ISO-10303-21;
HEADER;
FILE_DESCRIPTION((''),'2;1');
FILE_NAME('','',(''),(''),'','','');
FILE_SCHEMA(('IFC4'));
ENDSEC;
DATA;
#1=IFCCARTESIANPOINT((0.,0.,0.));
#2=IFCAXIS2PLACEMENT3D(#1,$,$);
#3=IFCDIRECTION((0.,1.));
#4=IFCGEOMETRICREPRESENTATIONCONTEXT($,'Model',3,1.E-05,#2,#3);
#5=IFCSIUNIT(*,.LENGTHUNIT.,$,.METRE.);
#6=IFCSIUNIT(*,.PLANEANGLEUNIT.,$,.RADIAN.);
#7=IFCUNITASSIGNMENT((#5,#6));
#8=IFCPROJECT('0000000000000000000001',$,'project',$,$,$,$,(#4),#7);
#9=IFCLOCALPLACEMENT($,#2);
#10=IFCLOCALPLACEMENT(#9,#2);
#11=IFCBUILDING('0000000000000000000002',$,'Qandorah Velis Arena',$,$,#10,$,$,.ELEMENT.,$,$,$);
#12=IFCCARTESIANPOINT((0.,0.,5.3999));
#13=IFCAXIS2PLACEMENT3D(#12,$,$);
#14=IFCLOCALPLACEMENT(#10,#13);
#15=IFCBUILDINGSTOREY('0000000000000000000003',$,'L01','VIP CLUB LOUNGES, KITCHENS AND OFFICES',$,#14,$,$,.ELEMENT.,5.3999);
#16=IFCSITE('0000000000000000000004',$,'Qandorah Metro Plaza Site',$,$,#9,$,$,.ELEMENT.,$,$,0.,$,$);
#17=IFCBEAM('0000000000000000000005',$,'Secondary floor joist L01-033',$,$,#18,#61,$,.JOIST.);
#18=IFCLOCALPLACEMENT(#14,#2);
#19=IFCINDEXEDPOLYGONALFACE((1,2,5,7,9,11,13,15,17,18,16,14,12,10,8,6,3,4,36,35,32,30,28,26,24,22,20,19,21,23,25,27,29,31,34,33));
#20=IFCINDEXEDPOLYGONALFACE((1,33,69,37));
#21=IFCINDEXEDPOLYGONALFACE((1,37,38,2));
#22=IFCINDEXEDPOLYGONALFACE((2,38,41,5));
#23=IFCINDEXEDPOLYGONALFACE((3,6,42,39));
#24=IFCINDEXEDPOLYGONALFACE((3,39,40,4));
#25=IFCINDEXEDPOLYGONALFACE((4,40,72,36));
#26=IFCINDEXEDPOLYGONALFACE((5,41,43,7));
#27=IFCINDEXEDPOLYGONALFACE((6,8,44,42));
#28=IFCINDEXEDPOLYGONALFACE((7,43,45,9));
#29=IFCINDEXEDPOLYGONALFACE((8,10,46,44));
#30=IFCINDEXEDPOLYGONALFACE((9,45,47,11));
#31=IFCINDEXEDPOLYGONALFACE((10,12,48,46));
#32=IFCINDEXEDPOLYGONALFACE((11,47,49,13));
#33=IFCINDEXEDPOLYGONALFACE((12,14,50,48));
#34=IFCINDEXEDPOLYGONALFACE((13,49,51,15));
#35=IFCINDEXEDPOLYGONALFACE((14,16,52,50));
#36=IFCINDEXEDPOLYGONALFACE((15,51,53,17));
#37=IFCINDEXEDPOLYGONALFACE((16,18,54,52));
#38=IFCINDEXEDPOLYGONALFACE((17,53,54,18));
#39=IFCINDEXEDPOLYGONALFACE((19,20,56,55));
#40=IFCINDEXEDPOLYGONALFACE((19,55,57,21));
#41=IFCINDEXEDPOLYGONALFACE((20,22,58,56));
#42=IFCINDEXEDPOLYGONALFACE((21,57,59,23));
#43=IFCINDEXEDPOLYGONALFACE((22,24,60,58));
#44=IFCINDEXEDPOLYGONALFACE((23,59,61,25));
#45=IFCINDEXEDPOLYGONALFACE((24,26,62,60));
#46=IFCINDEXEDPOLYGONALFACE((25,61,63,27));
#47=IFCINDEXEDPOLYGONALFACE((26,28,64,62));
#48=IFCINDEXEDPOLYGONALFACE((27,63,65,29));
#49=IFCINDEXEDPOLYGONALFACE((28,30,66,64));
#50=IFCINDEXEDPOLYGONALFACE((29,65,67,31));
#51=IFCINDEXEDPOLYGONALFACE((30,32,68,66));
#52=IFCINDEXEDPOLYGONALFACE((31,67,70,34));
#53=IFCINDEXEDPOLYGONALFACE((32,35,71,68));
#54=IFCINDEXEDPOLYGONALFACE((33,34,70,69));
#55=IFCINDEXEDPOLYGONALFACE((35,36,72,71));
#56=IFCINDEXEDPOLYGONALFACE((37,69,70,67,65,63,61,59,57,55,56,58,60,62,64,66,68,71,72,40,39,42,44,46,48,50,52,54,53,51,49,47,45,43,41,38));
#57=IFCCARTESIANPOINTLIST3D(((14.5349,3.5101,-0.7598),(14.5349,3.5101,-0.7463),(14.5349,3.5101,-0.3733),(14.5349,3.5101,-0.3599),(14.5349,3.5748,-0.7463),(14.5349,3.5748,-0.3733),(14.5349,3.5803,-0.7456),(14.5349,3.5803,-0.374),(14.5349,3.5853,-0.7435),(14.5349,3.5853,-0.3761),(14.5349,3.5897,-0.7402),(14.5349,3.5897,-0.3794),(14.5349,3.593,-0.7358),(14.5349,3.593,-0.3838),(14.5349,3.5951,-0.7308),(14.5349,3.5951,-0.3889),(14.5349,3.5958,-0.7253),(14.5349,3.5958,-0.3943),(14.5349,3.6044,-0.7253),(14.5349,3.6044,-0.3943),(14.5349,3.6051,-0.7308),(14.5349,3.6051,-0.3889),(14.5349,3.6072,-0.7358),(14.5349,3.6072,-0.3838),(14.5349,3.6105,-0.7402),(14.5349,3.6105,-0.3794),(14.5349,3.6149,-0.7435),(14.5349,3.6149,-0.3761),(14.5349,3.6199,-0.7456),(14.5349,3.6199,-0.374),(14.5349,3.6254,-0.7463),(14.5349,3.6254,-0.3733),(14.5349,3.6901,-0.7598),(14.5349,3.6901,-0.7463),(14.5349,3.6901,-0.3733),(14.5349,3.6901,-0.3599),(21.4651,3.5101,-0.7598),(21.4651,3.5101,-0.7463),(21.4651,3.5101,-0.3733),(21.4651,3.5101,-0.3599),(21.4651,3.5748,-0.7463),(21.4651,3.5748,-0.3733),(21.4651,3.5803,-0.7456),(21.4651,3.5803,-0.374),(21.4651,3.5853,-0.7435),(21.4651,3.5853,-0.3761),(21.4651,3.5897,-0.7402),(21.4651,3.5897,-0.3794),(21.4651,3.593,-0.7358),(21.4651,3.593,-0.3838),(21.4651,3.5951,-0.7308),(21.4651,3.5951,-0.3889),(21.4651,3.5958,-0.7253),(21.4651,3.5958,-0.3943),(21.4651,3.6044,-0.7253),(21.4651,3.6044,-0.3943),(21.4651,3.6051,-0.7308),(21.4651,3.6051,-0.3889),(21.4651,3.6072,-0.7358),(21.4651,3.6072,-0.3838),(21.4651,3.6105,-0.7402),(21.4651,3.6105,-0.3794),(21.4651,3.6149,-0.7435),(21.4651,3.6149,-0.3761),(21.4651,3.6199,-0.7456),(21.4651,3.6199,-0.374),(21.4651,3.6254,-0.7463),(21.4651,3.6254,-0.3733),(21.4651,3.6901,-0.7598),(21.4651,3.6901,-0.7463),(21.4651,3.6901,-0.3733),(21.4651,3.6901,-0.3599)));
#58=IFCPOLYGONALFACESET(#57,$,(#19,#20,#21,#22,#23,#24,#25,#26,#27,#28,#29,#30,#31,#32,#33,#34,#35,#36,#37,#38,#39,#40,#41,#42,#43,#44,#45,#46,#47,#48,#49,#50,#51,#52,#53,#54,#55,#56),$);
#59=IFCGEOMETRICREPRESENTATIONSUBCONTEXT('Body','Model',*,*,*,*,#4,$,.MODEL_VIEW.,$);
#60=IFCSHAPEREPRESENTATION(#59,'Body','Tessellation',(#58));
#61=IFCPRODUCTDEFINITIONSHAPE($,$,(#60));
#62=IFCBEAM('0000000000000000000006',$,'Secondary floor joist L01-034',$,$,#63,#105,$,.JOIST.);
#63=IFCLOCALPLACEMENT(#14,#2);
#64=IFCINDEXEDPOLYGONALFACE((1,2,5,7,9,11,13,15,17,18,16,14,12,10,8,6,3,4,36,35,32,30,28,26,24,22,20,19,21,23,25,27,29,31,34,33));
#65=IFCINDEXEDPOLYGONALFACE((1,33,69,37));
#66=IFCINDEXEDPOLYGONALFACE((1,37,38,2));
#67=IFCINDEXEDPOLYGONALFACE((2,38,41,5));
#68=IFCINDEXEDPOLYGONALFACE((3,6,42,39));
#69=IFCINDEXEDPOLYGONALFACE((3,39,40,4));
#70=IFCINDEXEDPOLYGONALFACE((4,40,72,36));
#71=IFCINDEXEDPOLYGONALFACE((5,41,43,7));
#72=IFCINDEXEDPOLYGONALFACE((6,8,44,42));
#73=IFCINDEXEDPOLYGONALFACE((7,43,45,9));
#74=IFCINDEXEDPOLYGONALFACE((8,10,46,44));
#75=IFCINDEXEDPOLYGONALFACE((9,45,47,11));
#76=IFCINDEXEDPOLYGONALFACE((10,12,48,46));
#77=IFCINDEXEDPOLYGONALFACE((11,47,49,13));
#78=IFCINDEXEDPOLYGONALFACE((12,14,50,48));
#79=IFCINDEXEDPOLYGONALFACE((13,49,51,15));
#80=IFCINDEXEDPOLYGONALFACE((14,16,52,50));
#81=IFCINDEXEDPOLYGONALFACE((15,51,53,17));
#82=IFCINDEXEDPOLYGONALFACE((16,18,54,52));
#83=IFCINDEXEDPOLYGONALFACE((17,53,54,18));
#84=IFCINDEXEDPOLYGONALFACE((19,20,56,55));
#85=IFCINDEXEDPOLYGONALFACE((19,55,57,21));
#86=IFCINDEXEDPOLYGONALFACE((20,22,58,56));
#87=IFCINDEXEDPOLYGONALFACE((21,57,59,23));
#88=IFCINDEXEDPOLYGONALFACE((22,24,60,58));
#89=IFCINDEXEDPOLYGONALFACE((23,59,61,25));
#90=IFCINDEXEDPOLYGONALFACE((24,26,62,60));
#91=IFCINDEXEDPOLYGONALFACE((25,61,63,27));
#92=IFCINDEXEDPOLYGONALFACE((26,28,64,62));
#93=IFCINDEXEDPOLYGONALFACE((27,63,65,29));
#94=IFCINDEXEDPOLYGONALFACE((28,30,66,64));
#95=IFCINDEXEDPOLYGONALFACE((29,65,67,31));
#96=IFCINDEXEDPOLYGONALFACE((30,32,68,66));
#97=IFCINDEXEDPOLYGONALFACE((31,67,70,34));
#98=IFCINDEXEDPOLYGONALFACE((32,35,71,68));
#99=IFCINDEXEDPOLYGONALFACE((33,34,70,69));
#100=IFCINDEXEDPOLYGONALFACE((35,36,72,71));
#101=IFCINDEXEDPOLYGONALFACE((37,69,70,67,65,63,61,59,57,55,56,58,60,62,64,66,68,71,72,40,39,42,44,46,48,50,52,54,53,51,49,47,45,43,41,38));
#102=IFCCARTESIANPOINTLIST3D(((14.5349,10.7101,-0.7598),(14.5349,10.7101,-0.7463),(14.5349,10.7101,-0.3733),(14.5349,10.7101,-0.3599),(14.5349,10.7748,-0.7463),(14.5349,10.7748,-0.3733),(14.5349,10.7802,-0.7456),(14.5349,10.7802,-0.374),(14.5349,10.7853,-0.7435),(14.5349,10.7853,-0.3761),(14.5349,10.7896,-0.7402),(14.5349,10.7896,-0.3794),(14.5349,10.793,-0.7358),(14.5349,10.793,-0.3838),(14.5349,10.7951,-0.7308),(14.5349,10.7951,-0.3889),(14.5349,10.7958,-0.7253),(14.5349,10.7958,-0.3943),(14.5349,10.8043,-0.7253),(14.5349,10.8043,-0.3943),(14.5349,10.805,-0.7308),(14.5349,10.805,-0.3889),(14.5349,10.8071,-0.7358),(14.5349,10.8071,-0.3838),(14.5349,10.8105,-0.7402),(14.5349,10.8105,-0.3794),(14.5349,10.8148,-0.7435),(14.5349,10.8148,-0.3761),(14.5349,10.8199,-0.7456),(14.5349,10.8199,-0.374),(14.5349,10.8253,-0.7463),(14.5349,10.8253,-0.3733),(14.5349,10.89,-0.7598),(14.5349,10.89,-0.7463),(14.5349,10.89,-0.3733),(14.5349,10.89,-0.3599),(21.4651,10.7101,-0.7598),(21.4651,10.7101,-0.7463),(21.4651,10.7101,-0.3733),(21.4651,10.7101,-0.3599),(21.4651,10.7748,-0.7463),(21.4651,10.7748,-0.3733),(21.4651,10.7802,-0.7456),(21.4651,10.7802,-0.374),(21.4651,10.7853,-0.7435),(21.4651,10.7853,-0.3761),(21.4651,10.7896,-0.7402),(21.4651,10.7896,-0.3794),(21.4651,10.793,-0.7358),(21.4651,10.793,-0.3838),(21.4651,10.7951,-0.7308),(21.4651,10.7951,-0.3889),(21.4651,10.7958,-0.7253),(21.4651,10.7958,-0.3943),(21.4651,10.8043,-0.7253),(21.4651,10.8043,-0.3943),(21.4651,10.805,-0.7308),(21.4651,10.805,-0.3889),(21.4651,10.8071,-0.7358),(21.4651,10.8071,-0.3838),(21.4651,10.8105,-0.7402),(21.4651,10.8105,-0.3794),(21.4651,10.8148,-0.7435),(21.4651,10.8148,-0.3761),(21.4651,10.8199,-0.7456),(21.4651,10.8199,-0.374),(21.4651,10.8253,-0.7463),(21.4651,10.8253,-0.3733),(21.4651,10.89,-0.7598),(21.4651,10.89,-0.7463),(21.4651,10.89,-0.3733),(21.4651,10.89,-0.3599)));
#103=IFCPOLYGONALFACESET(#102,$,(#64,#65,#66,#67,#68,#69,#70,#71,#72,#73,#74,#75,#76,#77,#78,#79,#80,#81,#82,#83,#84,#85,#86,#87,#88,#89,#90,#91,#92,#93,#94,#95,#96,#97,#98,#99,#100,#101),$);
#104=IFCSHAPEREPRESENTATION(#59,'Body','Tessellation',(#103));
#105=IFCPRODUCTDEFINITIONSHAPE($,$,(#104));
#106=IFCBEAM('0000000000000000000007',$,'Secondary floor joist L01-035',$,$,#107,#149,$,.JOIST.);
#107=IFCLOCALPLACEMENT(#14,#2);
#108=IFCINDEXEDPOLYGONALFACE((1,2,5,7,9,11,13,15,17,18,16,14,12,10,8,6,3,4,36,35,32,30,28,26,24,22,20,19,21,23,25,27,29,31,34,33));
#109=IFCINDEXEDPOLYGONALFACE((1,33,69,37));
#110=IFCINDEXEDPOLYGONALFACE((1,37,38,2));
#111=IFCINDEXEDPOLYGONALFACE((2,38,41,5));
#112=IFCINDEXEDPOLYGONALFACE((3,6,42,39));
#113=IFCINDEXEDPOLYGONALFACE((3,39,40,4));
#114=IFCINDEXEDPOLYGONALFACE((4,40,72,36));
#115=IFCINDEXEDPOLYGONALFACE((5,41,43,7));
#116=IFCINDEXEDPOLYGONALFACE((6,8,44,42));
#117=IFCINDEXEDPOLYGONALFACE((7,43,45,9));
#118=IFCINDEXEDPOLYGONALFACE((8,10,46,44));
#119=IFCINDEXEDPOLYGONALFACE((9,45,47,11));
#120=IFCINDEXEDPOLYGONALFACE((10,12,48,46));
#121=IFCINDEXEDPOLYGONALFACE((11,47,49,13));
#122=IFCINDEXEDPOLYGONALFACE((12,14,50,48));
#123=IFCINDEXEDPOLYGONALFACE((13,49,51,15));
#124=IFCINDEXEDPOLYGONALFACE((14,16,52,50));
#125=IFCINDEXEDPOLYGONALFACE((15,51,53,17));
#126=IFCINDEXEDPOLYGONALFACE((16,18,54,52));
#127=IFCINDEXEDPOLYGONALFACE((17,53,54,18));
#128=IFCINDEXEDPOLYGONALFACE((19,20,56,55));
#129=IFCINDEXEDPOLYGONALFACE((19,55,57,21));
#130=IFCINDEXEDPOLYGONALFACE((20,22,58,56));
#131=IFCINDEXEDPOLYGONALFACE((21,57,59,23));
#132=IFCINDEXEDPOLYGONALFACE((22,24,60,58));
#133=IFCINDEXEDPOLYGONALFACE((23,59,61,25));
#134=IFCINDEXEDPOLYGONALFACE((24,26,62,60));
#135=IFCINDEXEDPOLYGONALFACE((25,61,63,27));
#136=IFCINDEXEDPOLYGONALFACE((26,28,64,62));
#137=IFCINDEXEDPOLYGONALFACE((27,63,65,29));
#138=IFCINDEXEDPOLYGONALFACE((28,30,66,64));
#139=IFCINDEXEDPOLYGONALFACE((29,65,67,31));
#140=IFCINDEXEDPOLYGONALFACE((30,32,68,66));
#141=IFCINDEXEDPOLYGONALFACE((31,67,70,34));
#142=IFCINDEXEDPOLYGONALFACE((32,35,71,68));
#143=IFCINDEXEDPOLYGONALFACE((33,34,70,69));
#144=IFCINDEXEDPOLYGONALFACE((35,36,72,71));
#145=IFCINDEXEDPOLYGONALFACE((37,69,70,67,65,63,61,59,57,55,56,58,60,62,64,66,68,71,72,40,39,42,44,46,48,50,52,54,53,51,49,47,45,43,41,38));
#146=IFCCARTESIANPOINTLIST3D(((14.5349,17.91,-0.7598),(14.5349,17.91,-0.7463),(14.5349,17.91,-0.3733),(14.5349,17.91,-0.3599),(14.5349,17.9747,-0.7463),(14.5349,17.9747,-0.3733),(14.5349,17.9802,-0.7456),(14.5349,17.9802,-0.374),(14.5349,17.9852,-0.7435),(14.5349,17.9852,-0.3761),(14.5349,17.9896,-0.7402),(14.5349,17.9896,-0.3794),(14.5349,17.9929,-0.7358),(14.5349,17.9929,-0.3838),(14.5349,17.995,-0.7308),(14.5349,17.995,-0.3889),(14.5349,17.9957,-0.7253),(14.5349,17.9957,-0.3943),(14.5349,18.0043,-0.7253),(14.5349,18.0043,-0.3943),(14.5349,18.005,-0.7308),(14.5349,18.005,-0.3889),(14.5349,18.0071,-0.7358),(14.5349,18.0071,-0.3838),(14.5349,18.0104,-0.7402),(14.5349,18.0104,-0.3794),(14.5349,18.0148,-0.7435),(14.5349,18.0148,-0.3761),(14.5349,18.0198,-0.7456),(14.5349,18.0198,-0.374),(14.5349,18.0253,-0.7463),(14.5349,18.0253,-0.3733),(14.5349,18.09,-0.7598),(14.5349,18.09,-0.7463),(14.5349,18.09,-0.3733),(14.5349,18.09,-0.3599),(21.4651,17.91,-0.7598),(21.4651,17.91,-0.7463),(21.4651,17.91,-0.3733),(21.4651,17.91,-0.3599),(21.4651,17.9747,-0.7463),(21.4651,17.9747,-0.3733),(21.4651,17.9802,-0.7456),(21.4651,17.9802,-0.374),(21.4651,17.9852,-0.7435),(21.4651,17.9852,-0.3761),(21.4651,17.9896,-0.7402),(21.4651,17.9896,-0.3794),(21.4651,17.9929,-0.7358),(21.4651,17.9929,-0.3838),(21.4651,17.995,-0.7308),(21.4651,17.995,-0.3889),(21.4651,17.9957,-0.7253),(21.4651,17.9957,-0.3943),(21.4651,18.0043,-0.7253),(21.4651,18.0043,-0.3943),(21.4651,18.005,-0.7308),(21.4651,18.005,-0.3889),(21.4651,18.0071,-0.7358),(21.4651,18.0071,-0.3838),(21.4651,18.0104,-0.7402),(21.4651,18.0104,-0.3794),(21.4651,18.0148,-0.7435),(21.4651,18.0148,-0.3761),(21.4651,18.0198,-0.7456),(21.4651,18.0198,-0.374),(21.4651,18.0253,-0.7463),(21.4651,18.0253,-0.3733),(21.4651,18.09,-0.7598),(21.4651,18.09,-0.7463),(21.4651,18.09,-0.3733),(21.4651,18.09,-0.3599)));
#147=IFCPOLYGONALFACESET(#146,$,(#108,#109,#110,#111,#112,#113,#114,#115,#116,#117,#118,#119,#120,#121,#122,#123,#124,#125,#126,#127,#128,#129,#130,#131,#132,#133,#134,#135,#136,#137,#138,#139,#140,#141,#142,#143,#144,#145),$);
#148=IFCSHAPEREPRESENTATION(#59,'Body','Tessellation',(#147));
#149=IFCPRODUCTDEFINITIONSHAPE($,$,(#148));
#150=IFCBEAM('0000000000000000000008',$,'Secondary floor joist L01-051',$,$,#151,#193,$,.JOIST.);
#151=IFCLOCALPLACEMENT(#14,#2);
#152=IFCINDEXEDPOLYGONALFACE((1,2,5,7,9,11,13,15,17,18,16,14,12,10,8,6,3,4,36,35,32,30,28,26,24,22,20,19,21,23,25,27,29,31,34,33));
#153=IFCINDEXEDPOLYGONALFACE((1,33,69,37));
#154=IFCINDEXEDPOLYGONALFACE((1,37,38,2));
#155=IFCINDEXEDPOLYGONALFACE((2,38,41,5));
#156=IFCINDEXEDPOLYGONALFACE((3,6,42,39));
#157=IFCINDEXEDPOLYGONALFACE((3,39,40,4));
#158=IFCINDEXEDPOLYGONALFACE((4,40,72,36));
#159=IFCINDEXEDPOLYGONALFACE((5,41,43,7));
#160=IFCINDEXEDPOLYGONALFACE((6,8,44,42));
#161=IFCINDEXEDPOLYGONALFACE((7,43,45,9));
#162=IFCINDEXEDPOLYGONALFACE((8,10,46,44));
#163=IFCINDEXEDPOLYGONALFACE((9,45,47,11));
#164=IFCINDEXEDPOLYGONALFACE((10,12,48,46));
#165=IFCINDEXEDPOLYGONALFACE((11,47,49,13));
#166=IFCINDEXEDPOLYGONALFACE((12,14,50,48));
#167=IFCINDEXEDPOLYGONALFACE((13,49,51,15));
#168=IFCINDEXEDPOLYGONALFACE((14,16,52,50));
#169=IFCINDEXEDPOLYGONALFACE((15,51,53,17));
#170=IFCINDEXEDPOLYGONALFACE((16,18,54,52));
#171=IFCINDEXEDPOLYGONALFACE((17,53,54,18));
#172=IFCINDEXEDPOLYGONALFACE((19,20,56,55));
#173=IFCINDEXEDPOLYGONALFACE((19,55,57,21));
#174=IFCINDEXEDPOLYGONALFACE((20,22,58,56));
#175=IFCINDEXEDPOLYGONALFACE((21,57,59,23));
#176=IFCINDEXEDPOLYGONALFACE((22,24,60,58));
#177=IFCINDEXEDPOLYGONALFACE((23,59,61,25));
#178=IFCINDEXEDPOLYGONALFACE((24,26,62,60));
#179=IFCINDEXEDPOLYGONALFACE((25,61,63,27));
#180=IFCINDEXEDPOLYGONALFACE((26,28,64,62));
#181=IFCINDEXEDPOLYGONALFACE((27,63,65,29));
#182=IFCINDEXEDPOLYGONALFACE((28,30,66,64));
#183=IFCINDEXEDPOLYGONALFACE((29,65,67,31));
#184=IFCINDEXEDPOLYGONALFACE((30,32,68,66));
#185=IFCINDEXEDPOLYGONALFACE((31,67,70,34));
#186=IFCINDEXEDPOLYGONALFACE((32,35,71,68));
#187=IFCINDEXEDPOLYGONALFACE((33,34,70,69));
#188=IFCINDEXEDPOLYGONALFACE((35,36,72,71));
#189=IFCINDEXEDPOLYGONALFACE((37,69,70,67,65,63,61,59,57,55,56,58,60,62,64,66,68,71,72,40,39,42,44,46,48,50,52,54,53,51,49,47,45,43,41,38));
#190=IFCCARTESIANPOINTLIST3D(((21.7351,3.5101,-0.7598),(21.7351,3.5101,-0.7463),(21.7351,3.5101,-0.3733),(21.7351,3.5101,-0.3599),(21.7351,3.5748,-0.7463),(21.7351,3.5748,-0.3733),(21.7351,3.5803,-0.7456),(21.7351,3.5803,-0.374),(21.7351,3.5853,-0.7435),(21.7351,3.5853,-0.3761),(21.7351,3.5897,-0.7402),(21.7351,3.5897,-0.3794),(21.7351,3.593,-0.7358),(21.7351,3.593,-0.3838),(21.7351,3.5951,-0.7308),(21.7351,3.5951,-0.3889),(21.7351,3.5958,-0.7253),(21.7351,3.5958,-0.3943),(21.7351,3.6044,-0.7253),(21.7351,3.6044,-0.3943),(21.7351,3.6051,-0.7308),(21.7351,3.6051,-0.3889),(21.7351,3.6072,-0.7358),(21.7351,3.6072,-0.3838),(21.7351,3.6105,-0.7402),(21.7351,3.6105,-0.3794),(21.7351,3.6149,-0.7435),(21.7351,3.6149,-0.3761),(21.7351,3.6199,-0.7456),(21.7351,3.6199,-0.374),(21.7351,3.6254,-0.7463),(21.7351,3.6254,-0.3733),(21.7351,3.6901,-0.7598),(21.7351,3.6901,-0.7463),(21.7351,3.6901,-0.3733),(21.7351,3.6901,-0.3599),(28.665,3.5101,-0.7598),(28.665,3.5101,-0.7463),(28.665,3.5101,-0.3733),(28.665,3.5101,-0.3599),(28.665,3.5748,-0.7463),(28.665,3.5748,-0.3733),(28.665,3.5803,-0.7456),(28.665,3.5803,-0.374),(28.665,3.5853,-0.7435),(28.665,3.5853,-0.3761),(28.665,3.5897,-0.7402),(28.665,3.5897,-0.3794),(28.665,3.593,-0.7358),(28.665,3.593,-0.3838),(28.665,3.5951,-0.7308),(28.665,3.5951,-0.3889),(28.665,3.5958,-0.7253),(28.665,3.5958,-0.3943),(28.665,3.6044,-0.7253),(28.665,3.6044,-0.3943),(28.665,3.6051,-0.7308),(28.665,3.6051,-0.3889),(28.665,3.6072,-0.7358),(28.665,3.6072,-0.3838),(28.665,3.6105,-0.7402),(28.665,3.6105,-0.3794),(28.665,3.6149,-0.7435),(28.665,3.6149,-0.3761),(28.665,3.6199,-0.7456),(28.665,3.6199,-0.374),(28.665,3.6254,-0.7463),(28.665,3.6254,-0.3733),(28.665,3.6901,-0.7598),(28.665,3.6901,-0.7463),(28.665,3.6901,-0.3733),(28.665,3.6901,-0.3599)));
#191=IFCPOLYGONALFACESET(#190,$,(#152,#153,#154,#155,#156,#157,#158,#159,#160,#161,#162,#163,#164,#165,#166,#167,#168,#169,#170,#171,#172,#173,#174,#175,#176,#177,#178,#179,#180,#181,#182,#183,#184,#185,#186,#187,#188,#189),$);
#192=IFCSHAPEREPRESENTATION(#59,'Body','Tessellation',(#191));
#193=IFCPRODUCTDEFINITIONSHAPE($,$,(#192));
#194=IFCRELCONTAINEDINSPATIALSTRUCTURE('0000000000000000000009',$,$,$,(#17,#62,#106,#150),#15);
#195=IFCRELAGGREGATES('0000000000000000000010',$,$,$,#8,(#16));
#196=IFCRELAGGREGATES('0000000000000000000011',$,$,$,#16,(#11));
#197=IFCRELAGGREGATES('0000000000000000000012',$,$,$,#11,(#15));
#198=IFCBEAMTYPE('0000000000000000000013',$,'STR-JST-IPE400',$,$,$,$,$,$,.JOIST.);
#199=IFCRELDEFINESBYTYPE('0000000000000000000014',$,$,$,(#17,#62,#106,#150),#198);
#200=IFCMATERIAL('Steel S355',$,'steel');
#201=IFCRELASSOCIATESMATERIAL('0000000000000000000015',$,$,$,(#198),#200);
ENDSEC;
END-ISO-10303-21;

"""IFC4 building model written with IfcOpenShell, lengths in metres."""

from ifc_helpers import new_model, si_unit, direction, frame, origin, origin_2d, place, context, subcontext, project, spatial, i_section, extrude, material, material_profile, profile_set, type_object, element, save


model = new_model("IFC4")

# Units and contexts
model_context = context("Model", 3, precision=1e-05, world=origin(), true_north=direction((0.0, 1.0)))
body_context = subcontext(model_context, "Body", "Model", "MODEL_VIEW")
ifc_project = project(units=[si_unit("LENGTHUNIT", "METRE"), si_unit("PLANEANGLEUNIT", "RADIAN")], contexts=[model_context])

# Site, building, storey
site_placement = place(None, origin())
site = spatial("IfcSite", under=ifc_project, at=site_placement, Name="Qandorah Metro Plaza Site", CompositionType="ELEMENT", RefElevation=0.0)
building_placement = place(site_placement, origin())
building = spatial("IfcBuilding", under=site, at=building_placement, Name="Qandorah Velis Arena", CompositionType="ELEMENT")
storey_placement = place(building_placement, frame((0.0, 0.0, 5.3999)))
storey = spatial("IfcBuildingStorey", under=building, at=storey_placement, Name="L01", Description="VIP CLUB LOUNGES, KITCHENS AND OFFICES", CompositionType="ELEMENT", Elevation=5.3999)

# Beams
ifc_material_1 = material(Name="Steel S355", Category="steel")
ifc_material_profile_1 = material_profile(ifc_material_1, i_section(OverallWidth=0.1799, OverallDepth=0.3999, WebThickness=0.0085, FlangeThickness=0.0134, FilletRadius=0.021, at=origin_2d()), Name="IPE 400")
ifc_profile_set_1 = profile_set([ifc_material_profile_1], Name="Steel S355")
beam_type_1 = type_object("IfcBeamType", Name="STR-JST-IPE400", PredefinedType="JOIST", material=ifc_profile_set_1)
for number, where, z_axis, x_axis, name in (
    (1, (14.5349, 3.6001, -0.5598), (1.0, 0.0, 0.0), (0.0, 1.0, 0.0), "Secondary floor joist L01-033"),
    (2, (14.5349, 10.8, -0.5598), (1.0, 0.0, 0.0), (0.0, 1.0, 0.0), "Secondary floor joist L01-034"),
    (3, (14.5349, 18.0, -0.5598), (1.0, 0.0, 0.0), (0.0, 1.0, 0.0), "Secondary floor joist L01-035"),
):
    element("IfcBeam", number, at=place(storey_placement, frame(where, z_axis=z_axis, x_axis=x_axis)), inside=storey, type_object=beam_type_1, Name=name, PredefinedType="JOIST", context=body_context, shape_type="SweptSolid", body=[
        extrude(i_section(OverallWidth=0.1799, OverallDepth=0.3999, WebThickness=0.0085, FlangeThickness=0.0134, FilletRadius=0.021, at=origin_2d()), origin(), (0.0, 0.0, 1.0), 6.9302),
    ])
for number, where, z_axis, x_axis, name in (
    (4, (21.7351, 3.6001, -0.5598), (1.0, 0.0, 0.0), (0.0, 1.0, 0.0), "Secondary floor joist L01-051"),
):
    element("IfcBeam", number, at=place(storey_placement, frame(where, z_axis=z_axis, x_axis=x_axis)), inside=storey, type_object=beam_type_1, Name=name, PredefinedType="JOIST", context=body_context, shape_type="SweptSolid", body=[
        extrude(i_section(OverallWidth=0.1799, OverallDepth=0.3999, WebThickness=0.0085, FlangeThickness=0.0134, FilletRadius=0.021, at=origin_2d()), origin(), (0.0, 0.0, 1.0), 6.9299),
    ])

save(model, "model.ifc")
